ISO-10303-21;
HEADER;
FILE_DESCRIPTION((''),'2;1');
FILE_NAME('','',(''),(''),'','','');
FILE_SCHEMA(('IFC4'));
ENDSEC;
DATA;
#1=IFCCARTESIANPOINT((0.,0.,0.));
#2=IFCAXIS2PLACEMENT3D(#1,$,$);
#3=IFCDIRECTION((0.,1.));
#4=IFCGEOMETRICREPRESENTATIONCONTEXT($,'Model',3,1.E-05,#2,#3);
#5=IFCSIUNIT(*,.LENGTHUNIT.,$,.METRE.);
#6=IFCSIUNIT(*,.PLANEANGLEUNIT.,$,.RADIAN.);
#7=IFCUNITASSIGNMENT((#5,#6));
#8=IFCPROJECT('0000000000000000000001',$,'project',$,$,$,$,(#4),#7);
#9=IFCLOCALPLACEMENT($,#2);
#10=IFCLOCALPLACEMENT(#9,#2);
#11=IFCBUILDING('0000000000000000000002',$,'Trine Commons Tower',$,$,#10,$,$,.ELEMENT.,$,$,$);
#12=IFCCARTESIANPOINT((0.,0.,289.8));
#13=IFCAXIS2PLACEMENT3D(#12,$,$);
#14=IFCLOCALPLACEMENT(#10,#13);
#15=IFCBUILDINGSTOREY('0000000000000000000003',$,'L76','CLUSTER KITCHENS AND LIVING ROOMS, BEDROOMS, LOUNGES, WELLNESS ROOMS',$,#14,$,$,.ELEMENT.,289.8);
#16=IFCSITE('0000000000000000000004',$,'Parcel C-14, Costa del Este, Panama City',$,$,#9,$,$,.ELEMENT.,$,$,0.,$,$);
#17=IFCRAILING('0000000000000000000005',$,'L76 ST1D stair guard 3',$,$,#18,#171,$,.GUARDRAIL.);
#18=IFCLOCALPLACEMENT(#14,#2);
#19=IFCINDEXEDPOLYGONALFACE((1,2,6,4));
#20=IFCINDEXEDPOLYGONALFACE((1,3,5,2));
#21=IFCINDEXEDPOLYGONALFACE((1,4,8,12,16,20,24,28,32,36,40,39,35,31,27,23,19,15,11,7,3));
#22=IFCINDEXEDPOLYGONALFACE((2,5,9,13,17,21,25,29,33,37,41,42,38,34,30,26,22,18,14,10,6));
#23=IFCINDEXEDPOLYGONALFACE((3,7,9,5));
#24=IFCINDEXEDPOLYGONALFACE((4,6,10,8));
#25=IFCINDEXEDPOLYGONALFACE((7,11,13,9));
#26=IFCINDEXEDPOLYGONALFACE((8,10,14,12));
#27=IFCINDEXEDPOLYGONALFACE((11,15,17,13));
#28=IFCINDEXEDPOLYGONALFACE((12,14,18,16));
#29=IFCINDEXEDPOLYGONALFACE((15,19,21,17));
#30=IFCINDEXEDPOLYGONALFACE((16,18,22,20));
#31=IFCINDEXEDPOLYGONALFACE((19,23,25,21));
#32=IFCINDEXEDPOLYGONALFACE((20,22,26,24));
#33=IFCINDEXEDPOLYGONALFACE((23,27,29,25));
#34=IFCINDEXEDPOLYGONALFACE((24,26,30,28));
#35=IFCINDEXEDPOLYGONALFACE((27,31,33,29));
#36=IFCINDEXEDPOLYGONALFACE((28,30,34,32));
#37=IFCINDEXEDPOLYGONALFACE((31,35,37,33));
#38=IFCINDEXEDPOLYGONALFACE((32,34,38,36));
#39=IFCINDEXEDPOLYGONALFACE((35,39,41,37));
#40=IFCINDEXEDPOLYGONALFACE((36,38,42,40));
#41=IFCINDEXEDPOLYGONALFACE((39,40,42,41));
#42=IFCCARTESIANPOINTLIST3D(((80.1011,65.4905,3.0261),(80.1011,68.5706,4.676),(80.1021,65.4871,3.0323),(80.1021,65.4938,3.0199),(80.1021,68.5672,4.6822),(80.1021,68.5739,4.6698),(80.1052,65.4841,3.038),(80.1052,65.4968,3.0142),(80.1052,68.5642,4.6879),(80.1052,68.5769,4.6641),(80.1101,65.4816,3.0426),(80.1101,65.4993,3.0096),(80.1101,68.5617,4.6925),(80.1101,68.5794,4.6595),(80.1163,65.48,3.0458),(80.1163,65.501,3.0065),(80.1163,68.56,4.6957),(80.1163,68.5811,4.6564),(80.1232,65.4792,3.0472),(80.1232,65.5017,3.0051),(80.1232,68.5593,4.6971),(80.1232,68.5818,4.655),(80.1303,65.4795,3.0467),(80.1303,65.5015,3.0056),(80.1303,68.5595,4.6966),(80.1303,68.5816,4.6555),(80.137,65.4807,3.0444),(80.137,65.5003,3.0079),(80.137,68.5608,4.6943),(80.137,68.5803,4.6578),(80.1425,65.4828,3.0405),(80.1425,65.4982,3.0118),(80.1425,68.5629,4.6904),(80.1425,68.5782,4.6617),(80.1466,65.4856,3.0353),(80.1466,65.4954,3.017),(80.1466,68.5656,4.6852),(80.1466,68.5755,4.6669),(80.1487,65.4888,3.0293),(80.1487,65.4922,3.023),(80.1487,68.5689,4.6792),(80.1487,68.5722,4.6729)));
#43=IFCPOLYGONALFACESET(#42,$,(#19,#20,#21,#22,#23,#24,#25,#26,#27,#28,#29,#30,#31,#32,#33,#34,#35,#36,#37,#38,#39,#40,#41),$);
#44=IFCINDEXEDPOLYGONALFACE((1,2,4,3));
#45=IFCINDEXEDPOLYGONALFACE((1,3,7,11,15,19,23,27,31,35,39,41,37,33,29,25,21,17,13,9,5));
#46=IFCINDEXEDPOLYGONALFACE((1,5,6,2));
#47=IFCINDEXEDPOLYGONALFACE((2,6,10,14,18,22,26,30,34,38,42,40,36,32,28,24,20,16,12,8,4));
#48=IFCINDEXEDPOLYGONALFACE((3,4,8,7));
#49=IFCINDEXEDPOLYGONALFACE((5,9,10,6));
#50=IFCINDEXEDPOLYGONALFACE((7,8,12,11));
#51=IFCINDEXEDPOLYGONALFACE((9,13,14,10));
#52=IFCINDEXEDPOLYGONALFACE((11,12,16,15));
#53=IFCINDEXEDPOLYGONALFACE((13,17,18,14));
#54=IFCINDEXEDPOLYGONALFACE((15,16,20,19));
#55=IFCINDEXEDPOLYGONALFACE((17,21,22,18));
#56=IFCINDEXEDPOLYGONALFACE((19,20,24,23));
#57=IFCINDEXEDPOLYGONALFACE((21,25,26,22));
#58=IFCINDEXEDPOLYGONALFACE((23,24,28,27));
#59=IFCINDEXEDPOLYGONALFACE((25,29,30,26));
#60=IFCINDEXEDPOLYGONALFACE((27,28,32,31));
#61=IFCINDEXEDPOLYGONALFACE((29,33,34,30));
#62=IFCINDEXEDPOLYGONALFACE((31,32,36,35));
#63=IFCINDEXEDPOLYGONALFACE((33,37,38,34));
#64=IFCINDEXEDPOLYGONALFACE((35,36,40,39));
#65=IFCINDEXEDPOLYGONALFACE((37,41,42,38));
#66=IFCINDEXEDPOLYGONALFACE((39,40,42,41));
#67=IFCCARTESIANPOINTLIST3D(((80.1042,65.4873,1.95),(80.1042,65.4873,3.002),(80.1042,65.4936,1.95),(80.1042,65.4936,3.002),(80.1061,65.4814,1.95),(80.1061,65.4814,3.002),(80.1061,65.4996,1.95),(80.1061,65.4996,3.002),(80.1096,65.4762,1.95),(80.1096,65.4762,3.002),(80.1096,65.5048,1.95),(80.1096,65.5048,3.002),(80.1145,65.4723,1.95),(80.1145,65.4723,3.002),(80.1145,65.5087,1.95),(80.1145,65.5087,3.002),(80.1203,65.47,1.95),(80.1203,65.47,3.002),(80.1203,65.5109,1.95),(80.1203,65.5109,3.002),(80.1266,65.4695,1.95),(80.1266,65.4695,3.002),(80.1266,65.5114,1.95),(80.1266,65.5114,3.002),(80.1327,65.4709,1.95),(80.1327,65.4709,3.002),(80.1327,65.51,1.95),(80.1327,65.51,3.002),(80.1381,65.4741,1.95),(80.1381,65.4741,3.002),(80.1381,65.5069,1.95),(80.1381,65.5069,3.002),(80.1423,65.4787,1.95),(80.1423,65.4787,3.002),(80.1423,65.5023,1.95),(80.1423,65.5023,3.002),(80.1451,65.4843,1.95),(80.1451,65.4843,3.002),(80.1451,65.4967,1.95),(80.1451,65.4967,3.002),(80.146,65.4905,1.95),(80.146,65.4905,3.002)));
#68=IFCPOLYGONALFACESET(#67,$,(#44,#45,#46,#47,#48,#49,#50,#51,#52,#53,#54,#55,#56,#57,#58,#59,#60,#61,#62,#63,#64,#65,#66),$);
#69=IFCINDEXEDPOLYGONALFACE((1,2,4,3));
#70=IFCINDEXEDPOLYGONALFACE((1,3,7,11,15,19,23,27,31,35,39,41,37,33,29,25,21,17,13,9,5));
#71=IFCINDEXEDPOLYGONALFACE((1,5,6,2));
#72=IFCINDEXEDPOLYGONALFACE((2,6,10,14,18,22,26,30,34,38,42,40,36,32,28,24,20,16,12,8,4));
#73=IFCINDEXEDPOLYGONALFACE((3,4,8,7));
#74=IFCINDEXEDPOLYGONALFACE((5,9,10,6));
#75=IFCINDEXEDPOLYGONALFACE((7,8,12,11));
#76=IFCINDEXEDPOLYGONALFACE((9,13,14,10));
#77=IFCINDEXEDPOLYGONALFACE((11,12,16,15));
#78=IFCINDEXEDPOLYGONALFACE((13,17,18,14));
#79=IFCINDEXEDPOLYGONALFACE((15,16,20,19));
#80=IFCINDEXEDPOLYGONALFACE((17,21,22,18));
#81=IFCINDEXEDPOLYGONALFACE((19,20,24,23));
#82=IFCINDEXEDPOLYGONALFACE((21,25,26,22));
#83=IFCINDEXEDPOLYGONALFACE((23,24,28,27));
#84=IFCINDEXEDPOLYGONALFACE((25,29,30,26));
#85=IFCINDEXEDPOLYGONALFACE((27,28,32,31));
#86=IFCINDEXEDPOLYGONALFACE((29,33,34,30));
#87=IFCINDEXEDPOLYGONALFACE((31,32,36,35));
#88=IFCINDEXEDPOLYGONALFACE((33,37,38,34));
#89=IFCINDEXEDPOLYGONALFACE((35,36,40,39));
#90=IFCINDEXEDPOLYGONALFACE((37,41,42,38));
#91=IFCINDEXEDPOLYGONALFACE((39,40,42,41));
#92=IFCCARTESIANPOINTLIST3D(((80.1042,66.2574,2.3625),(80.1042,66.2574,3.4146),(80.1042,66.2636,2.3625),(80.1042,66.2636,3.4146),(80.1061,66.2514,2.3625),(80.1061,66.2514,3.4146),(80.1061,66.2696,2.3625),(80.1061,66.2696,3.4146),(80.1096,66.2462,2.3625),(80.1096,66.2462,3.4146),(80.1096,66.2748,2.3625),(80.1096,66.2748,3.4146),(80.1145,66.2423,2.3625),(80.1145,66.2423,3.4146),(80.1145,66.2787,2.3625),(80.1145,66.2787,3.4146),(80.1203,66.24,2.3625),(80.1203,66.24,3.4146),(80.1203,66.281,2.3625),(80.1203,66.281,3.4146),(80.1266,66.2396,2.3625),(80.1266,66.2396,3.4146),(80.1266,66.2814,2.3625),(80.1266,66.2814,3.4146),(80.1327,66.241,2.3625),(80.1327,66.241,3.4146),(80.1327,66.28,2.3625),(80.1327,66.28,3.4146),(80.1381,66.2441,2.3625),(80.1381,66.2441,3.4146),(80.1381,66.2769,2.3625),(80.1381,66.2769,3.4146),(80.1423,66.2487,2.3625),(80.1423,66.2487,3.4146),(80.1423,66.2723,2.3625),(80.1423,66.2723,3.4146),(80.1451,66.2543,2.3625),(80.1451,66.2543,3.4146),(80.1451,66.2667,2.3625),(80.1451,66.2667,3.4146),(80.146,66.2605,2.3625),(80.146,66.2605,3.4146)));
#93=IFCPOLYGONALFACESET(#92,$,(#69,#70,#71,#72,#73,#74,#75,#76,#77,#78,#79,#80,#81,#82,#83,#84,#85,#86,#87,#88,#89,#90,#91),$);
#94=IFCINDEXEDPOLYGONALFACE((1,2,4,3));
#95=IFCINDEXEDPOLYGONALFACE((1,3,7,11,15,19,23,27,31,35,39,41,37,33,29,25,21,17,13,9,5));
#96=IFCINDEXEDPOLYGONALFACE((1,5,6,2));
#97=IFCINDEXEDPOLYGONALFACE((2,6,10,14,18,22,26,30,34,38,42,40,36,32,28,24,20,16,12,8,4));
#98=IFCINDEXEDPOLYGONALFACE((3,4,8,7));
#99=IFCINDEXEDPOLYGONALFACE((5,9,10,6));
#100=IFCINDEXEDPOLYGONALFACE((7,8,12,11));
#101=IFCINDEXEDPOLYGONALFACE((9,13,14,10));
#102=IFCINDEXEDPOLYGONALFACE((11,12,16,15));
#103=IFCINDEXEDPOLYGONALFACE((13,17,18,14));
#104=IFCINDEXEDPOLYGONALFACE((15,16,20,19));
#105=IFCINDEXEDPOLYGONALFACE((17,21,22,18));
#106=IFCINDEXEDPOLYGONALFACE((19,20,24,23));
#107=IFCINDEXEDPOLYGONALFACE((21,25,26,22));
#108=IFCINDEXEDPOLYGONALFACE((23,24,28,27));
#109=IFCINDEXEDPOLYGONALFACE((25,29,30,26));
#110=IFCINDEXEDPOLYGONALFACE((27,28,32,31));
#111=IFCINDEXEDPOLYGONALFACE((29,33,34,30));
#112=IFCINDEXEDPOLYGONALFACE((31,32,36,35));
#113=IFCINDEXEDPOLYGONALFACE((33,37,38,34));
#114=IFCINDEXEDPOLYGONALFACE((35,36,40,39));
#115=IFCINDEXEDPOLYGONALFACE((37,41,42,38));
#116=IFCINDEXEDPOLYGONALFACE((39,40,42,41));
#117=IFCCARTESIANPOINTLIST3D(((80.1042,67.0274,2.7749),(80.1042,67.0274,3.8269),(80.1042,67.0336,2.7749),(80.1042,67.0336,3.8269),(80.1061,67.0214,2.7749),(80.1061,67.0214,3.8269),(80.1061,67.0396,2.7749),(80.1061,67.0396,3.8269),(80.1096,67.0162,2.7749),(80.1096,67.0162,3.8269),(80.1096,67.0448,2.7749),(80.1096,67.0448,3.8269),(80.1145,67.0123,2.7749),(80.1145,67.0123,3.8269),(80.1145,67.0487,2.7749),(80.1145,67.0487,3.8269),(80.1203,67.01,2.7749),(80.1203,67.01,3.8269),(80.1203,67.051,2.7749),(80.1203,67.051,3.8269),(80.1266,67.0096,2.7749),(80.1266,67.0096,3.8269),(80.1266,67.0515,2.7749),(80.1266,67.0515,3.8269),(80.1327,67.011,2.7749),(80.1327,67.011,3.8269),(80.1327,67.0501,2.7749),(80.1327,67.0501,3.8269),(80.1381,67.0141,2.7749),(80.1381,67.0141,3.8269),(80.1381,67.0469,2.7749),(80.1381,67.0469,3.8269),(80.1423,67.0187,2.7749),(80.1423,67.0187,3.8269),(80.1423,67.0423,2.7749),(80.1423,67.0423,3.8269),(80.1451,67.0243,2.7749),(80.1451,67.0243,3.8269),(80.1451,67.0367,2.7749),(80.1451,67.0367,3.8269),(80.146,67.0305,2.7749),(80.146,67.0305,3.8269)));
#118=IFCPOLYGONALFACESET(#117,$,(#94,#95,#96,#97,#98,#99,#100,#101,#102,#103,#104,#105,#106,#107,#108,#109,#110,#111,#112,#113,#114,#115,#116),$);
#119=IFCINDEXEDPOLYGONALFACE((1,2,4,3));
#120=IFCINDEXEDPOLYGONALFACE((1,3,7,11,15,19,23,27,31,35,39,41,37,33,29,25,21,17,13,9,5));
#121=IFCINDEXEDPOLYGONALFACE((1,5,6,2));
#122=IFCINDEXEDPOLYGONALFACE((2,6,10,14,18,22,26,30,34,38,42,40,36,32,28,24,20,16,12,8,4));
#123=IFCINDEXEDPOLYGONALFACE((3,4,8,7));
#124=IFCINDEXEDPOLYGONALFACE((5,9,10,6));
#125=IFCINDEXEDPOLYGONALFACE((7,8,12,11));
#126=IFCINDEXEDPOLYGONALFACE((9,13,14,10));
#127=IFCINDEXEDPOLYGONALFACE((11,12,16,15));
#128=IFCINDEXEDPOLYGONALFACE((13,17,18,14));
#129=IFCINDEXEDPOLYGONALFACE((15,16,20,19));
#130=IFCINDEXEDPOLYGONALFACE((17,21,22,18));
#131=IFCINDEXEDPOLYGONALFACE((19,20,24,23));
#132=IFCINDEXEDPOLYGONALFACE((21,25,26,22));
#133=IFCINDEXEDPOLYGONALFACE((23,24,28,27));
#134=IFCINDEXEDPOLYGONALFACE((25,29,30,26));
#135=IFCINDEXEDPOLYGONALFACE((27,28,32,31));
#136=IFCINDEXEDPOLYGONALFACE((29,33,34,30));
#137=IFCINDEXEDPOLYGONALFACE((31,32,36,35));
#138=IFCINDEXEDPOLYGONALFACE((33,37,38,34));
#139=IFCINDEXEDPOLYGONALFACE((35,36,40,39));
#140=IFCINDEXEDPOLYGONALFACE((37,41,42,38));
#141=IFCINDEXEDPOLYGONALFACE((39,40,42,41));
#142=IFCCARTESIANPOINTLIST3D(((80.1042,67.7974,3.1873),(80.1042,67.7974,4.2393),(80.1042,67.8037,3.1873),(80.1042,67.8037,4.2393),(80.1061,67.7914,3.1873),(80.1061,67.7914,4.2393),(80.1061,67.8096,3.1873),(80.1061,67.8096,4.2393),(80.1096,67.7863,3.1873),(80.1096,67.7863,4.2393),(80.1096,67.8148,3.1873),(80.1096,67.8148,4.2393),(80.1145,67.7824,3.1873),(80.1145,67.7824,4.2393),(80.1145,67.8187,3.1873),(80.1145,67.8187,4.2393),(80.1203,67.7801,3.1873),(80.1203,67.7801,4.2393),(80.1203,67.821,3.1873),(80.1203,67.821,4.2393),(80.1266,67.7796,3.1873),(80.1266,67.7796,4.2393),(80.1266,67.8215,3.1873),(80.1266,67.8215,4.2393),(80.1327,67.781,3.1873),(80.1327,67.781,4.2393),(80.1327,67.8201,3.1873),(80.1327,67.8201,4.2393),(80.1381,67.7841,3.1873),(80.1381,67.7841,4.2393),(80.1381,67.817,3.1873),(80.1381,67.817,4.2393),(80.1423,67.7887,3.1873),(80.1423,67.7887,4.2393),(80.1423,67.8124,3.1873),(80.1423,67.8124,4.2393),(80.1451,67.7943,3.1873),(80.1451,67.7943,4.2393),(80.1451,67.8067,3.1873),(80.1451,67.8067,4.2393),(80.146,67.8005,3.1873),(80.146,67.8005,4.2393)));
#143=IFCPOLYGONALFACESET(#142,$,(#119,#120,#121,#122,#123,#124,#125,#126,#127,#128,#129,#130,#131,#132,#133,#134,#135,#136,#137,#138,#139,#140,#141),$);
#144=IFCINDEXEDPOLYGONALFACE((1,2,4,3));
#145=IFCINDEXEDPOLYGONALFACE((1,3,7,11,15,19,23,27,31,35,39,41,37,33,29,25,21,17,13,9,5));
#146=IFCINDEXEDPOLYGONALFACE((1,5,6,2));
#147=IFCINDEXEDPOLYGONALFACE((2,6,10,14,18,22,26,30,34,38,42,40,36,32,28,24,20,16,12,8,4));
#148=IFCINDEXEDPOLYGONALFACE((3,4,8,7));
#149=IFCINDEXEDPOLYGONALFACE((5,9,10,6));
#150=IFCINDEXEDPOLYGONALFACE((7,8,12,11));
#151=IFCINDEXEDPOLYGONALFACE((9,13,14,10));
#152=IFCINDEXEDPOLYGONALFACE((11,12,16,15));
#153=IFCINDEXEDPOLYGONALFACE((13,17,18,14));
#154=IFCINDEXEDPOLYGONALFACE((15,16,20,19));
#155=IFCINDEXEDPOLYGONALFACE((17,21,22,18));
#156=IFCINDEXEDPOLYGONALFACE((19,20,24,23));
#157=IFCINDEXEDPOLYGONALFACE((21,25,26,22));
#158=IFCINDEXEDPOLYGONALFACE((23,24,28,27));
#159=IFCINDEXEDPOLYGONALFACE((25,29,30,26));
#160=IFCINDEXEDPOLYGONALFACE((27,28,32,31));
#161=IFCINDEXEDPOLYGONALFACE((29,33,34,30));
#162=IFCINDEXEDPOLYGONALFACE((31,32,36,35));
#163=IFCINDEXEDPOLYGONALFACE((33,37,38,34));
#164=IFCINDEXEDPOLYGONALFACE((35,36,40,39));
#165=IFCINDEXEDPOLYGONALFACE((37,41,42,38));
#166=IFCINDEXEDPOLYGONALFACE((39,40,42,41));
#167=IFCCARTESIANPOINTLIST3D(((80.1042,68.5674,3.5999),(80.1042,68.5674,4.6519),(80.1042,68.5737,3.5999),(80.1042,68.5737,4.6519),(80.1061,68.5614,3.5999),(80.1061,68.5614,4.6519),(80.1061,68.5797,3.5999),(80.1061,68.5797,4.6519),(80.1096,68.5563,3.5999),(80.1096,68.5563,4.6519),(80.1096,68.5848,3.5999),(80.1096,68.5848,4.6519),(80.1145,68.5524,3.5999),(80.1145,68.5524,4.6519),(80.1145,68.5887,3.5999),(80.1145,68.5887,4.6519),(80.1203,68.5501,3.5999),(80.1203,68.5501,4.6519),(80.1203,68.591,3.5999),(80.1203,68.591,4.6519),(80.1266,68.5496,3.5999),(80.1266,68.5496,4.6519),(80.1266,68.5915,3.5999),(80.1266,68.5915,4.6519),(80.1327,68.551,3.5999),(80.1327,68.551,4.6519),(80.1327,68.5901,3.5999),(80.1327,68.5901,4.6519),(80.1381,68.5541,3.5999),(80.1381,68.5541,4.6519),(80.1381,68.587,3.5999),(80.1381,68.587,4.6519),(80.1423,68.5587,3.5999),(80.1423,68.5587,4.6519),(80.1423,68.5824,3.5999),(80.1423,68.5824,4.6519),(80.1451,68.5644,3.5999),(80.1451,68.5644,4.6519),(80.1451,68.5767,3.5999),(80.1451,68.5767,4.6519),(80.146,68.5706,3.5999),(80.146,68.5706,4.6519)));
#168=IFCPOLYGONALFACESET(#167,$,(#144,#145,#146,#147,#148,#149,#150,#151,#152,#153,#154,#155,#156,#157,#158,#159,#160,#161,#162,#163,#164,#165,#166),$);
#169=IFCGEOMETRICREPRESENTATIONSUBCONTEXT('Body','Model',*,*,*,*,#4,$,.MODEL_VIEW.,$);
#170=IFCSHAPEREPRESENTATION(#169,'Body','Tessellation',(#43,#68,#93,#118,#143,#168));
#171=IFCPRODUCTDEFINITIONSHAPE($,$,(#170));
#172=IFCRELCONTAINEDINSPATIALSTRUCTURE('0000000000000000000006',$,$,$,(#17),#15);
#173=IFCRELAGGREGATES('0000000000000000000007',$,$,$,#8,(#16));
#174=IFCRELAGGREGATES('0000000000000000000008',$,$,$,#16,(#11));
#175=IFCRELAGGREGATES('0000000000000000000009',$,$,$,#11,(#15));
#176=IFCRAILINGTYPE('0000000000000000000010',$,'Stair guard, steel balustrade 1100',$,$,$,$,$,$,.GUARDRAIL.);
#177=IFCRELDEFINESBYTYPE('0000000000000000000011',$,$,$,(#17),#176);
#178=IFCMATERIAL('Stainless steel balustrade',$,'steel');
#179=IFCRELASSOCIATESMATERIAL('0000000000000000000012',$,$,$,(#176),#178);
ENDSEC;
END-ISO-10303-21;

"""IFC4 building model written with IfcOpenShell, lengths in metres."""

from ifc_helpers import new_model, si_unit, direction, frame, origin, origin_2d, place, context, subcontext, project, spatial, circle, extrude, material, type_object, element, save


model = new_model("IFC4")

# Units and contexts
model_context = context("Model", 3, precision=1e-05, world=origin(), true_north=direction((0.0, 1.0)))
body_context = subcontext(model_context, "Body", "Model", "MODEL_VIEW")
ifc_project = project(units=[si_unit("LENGTHUNIT", "METRE"), si_unit("PLANEANGLEUNIT", "RADIAN")], contexts=[model_context])

# Site, building, storey
site_placement = place(None, origin())
site = spatial("IfcSite", under=ifc_project, at=site_placement, Name="Parcel C-14, Costa del Este, Panama City", CompositionType="ELEMENT", RefElevation=0.0)
building_placement = place(site_placement, origin())
building = spatial("IfcBuilding", under=site, at=building_placement, Name="Trine Commons Tower", CompositionType="ELEMENT")
storey_placement = place(building_placement, frame((0.0, 0.0, 289.8)))
storey = spatial("IfcBuildingStorey", under=building, at=storey_placement, Name="L76", Description="CLUSTER KITCHENS AND LIVING ROOMS, BEDROOMS, LOUNGES, WELLNESS ROOMS", CompositionType="ELEMENT", Elevation=289.8)

# Railing
ifc_material_1 = material(Name="Stainless steel balustrade", Category="steel")
railing_type_1 = type_object("IfcRailingType", Name="Stair guard, steel balustrade 1100", PredefinedType="GUARDRAIL", material=ifc_material_1)
railing_1_placement = place(storey_placement, frame((80.125, 65.4905, 1.95)))
element("IfcRailing", 1, at=railing_1_placement, inside=storey, type_object=railing_type_1, Name="L76 ST1D stair guard 3", PredefinedType="GUARDRAIL", context=body_context, shape_type="SweptSolid", body=[
    extrude(circle(Radius=0.0239, at=origin_2d()), frame((0.0, 0.0, 1.0762), z_axis=(0.0, 0.881497, 0.47219), x_axis=(-1.0, 0.0, 0.0)), (0.0, 0.0, 1.0), 3.4941),
    extrude(circle(Radius=0.021, at=origin_2d()), origin(), (0.0, 0.0, 1.0), 1.052),
    extrude(circle(Radius=0.021, at=origin_2d()), frame((0.0, 0.77, 0.4126)), (0.0, 0.0, 1.0), 1.052),
    extrude(circle(Radius=0.021, at=origin_2d()), frame((0.0, 1.54, 0.825)), (0.0, 0.0, 1.0), 1.052),
    extrude(circle(Radius=0.021, at=origin_2d()), frame((0.0, 2.3101, 1.2373)), (0.0, 0.0, 1.0), 1.052),
    extrude(circle(Radius=0.021, at=origin_2d()), frame((0.0, 3.0801, 1.6499)), (0.0, 0.0, 1.0), 1.052),
])

save(model, "model.ifc")
